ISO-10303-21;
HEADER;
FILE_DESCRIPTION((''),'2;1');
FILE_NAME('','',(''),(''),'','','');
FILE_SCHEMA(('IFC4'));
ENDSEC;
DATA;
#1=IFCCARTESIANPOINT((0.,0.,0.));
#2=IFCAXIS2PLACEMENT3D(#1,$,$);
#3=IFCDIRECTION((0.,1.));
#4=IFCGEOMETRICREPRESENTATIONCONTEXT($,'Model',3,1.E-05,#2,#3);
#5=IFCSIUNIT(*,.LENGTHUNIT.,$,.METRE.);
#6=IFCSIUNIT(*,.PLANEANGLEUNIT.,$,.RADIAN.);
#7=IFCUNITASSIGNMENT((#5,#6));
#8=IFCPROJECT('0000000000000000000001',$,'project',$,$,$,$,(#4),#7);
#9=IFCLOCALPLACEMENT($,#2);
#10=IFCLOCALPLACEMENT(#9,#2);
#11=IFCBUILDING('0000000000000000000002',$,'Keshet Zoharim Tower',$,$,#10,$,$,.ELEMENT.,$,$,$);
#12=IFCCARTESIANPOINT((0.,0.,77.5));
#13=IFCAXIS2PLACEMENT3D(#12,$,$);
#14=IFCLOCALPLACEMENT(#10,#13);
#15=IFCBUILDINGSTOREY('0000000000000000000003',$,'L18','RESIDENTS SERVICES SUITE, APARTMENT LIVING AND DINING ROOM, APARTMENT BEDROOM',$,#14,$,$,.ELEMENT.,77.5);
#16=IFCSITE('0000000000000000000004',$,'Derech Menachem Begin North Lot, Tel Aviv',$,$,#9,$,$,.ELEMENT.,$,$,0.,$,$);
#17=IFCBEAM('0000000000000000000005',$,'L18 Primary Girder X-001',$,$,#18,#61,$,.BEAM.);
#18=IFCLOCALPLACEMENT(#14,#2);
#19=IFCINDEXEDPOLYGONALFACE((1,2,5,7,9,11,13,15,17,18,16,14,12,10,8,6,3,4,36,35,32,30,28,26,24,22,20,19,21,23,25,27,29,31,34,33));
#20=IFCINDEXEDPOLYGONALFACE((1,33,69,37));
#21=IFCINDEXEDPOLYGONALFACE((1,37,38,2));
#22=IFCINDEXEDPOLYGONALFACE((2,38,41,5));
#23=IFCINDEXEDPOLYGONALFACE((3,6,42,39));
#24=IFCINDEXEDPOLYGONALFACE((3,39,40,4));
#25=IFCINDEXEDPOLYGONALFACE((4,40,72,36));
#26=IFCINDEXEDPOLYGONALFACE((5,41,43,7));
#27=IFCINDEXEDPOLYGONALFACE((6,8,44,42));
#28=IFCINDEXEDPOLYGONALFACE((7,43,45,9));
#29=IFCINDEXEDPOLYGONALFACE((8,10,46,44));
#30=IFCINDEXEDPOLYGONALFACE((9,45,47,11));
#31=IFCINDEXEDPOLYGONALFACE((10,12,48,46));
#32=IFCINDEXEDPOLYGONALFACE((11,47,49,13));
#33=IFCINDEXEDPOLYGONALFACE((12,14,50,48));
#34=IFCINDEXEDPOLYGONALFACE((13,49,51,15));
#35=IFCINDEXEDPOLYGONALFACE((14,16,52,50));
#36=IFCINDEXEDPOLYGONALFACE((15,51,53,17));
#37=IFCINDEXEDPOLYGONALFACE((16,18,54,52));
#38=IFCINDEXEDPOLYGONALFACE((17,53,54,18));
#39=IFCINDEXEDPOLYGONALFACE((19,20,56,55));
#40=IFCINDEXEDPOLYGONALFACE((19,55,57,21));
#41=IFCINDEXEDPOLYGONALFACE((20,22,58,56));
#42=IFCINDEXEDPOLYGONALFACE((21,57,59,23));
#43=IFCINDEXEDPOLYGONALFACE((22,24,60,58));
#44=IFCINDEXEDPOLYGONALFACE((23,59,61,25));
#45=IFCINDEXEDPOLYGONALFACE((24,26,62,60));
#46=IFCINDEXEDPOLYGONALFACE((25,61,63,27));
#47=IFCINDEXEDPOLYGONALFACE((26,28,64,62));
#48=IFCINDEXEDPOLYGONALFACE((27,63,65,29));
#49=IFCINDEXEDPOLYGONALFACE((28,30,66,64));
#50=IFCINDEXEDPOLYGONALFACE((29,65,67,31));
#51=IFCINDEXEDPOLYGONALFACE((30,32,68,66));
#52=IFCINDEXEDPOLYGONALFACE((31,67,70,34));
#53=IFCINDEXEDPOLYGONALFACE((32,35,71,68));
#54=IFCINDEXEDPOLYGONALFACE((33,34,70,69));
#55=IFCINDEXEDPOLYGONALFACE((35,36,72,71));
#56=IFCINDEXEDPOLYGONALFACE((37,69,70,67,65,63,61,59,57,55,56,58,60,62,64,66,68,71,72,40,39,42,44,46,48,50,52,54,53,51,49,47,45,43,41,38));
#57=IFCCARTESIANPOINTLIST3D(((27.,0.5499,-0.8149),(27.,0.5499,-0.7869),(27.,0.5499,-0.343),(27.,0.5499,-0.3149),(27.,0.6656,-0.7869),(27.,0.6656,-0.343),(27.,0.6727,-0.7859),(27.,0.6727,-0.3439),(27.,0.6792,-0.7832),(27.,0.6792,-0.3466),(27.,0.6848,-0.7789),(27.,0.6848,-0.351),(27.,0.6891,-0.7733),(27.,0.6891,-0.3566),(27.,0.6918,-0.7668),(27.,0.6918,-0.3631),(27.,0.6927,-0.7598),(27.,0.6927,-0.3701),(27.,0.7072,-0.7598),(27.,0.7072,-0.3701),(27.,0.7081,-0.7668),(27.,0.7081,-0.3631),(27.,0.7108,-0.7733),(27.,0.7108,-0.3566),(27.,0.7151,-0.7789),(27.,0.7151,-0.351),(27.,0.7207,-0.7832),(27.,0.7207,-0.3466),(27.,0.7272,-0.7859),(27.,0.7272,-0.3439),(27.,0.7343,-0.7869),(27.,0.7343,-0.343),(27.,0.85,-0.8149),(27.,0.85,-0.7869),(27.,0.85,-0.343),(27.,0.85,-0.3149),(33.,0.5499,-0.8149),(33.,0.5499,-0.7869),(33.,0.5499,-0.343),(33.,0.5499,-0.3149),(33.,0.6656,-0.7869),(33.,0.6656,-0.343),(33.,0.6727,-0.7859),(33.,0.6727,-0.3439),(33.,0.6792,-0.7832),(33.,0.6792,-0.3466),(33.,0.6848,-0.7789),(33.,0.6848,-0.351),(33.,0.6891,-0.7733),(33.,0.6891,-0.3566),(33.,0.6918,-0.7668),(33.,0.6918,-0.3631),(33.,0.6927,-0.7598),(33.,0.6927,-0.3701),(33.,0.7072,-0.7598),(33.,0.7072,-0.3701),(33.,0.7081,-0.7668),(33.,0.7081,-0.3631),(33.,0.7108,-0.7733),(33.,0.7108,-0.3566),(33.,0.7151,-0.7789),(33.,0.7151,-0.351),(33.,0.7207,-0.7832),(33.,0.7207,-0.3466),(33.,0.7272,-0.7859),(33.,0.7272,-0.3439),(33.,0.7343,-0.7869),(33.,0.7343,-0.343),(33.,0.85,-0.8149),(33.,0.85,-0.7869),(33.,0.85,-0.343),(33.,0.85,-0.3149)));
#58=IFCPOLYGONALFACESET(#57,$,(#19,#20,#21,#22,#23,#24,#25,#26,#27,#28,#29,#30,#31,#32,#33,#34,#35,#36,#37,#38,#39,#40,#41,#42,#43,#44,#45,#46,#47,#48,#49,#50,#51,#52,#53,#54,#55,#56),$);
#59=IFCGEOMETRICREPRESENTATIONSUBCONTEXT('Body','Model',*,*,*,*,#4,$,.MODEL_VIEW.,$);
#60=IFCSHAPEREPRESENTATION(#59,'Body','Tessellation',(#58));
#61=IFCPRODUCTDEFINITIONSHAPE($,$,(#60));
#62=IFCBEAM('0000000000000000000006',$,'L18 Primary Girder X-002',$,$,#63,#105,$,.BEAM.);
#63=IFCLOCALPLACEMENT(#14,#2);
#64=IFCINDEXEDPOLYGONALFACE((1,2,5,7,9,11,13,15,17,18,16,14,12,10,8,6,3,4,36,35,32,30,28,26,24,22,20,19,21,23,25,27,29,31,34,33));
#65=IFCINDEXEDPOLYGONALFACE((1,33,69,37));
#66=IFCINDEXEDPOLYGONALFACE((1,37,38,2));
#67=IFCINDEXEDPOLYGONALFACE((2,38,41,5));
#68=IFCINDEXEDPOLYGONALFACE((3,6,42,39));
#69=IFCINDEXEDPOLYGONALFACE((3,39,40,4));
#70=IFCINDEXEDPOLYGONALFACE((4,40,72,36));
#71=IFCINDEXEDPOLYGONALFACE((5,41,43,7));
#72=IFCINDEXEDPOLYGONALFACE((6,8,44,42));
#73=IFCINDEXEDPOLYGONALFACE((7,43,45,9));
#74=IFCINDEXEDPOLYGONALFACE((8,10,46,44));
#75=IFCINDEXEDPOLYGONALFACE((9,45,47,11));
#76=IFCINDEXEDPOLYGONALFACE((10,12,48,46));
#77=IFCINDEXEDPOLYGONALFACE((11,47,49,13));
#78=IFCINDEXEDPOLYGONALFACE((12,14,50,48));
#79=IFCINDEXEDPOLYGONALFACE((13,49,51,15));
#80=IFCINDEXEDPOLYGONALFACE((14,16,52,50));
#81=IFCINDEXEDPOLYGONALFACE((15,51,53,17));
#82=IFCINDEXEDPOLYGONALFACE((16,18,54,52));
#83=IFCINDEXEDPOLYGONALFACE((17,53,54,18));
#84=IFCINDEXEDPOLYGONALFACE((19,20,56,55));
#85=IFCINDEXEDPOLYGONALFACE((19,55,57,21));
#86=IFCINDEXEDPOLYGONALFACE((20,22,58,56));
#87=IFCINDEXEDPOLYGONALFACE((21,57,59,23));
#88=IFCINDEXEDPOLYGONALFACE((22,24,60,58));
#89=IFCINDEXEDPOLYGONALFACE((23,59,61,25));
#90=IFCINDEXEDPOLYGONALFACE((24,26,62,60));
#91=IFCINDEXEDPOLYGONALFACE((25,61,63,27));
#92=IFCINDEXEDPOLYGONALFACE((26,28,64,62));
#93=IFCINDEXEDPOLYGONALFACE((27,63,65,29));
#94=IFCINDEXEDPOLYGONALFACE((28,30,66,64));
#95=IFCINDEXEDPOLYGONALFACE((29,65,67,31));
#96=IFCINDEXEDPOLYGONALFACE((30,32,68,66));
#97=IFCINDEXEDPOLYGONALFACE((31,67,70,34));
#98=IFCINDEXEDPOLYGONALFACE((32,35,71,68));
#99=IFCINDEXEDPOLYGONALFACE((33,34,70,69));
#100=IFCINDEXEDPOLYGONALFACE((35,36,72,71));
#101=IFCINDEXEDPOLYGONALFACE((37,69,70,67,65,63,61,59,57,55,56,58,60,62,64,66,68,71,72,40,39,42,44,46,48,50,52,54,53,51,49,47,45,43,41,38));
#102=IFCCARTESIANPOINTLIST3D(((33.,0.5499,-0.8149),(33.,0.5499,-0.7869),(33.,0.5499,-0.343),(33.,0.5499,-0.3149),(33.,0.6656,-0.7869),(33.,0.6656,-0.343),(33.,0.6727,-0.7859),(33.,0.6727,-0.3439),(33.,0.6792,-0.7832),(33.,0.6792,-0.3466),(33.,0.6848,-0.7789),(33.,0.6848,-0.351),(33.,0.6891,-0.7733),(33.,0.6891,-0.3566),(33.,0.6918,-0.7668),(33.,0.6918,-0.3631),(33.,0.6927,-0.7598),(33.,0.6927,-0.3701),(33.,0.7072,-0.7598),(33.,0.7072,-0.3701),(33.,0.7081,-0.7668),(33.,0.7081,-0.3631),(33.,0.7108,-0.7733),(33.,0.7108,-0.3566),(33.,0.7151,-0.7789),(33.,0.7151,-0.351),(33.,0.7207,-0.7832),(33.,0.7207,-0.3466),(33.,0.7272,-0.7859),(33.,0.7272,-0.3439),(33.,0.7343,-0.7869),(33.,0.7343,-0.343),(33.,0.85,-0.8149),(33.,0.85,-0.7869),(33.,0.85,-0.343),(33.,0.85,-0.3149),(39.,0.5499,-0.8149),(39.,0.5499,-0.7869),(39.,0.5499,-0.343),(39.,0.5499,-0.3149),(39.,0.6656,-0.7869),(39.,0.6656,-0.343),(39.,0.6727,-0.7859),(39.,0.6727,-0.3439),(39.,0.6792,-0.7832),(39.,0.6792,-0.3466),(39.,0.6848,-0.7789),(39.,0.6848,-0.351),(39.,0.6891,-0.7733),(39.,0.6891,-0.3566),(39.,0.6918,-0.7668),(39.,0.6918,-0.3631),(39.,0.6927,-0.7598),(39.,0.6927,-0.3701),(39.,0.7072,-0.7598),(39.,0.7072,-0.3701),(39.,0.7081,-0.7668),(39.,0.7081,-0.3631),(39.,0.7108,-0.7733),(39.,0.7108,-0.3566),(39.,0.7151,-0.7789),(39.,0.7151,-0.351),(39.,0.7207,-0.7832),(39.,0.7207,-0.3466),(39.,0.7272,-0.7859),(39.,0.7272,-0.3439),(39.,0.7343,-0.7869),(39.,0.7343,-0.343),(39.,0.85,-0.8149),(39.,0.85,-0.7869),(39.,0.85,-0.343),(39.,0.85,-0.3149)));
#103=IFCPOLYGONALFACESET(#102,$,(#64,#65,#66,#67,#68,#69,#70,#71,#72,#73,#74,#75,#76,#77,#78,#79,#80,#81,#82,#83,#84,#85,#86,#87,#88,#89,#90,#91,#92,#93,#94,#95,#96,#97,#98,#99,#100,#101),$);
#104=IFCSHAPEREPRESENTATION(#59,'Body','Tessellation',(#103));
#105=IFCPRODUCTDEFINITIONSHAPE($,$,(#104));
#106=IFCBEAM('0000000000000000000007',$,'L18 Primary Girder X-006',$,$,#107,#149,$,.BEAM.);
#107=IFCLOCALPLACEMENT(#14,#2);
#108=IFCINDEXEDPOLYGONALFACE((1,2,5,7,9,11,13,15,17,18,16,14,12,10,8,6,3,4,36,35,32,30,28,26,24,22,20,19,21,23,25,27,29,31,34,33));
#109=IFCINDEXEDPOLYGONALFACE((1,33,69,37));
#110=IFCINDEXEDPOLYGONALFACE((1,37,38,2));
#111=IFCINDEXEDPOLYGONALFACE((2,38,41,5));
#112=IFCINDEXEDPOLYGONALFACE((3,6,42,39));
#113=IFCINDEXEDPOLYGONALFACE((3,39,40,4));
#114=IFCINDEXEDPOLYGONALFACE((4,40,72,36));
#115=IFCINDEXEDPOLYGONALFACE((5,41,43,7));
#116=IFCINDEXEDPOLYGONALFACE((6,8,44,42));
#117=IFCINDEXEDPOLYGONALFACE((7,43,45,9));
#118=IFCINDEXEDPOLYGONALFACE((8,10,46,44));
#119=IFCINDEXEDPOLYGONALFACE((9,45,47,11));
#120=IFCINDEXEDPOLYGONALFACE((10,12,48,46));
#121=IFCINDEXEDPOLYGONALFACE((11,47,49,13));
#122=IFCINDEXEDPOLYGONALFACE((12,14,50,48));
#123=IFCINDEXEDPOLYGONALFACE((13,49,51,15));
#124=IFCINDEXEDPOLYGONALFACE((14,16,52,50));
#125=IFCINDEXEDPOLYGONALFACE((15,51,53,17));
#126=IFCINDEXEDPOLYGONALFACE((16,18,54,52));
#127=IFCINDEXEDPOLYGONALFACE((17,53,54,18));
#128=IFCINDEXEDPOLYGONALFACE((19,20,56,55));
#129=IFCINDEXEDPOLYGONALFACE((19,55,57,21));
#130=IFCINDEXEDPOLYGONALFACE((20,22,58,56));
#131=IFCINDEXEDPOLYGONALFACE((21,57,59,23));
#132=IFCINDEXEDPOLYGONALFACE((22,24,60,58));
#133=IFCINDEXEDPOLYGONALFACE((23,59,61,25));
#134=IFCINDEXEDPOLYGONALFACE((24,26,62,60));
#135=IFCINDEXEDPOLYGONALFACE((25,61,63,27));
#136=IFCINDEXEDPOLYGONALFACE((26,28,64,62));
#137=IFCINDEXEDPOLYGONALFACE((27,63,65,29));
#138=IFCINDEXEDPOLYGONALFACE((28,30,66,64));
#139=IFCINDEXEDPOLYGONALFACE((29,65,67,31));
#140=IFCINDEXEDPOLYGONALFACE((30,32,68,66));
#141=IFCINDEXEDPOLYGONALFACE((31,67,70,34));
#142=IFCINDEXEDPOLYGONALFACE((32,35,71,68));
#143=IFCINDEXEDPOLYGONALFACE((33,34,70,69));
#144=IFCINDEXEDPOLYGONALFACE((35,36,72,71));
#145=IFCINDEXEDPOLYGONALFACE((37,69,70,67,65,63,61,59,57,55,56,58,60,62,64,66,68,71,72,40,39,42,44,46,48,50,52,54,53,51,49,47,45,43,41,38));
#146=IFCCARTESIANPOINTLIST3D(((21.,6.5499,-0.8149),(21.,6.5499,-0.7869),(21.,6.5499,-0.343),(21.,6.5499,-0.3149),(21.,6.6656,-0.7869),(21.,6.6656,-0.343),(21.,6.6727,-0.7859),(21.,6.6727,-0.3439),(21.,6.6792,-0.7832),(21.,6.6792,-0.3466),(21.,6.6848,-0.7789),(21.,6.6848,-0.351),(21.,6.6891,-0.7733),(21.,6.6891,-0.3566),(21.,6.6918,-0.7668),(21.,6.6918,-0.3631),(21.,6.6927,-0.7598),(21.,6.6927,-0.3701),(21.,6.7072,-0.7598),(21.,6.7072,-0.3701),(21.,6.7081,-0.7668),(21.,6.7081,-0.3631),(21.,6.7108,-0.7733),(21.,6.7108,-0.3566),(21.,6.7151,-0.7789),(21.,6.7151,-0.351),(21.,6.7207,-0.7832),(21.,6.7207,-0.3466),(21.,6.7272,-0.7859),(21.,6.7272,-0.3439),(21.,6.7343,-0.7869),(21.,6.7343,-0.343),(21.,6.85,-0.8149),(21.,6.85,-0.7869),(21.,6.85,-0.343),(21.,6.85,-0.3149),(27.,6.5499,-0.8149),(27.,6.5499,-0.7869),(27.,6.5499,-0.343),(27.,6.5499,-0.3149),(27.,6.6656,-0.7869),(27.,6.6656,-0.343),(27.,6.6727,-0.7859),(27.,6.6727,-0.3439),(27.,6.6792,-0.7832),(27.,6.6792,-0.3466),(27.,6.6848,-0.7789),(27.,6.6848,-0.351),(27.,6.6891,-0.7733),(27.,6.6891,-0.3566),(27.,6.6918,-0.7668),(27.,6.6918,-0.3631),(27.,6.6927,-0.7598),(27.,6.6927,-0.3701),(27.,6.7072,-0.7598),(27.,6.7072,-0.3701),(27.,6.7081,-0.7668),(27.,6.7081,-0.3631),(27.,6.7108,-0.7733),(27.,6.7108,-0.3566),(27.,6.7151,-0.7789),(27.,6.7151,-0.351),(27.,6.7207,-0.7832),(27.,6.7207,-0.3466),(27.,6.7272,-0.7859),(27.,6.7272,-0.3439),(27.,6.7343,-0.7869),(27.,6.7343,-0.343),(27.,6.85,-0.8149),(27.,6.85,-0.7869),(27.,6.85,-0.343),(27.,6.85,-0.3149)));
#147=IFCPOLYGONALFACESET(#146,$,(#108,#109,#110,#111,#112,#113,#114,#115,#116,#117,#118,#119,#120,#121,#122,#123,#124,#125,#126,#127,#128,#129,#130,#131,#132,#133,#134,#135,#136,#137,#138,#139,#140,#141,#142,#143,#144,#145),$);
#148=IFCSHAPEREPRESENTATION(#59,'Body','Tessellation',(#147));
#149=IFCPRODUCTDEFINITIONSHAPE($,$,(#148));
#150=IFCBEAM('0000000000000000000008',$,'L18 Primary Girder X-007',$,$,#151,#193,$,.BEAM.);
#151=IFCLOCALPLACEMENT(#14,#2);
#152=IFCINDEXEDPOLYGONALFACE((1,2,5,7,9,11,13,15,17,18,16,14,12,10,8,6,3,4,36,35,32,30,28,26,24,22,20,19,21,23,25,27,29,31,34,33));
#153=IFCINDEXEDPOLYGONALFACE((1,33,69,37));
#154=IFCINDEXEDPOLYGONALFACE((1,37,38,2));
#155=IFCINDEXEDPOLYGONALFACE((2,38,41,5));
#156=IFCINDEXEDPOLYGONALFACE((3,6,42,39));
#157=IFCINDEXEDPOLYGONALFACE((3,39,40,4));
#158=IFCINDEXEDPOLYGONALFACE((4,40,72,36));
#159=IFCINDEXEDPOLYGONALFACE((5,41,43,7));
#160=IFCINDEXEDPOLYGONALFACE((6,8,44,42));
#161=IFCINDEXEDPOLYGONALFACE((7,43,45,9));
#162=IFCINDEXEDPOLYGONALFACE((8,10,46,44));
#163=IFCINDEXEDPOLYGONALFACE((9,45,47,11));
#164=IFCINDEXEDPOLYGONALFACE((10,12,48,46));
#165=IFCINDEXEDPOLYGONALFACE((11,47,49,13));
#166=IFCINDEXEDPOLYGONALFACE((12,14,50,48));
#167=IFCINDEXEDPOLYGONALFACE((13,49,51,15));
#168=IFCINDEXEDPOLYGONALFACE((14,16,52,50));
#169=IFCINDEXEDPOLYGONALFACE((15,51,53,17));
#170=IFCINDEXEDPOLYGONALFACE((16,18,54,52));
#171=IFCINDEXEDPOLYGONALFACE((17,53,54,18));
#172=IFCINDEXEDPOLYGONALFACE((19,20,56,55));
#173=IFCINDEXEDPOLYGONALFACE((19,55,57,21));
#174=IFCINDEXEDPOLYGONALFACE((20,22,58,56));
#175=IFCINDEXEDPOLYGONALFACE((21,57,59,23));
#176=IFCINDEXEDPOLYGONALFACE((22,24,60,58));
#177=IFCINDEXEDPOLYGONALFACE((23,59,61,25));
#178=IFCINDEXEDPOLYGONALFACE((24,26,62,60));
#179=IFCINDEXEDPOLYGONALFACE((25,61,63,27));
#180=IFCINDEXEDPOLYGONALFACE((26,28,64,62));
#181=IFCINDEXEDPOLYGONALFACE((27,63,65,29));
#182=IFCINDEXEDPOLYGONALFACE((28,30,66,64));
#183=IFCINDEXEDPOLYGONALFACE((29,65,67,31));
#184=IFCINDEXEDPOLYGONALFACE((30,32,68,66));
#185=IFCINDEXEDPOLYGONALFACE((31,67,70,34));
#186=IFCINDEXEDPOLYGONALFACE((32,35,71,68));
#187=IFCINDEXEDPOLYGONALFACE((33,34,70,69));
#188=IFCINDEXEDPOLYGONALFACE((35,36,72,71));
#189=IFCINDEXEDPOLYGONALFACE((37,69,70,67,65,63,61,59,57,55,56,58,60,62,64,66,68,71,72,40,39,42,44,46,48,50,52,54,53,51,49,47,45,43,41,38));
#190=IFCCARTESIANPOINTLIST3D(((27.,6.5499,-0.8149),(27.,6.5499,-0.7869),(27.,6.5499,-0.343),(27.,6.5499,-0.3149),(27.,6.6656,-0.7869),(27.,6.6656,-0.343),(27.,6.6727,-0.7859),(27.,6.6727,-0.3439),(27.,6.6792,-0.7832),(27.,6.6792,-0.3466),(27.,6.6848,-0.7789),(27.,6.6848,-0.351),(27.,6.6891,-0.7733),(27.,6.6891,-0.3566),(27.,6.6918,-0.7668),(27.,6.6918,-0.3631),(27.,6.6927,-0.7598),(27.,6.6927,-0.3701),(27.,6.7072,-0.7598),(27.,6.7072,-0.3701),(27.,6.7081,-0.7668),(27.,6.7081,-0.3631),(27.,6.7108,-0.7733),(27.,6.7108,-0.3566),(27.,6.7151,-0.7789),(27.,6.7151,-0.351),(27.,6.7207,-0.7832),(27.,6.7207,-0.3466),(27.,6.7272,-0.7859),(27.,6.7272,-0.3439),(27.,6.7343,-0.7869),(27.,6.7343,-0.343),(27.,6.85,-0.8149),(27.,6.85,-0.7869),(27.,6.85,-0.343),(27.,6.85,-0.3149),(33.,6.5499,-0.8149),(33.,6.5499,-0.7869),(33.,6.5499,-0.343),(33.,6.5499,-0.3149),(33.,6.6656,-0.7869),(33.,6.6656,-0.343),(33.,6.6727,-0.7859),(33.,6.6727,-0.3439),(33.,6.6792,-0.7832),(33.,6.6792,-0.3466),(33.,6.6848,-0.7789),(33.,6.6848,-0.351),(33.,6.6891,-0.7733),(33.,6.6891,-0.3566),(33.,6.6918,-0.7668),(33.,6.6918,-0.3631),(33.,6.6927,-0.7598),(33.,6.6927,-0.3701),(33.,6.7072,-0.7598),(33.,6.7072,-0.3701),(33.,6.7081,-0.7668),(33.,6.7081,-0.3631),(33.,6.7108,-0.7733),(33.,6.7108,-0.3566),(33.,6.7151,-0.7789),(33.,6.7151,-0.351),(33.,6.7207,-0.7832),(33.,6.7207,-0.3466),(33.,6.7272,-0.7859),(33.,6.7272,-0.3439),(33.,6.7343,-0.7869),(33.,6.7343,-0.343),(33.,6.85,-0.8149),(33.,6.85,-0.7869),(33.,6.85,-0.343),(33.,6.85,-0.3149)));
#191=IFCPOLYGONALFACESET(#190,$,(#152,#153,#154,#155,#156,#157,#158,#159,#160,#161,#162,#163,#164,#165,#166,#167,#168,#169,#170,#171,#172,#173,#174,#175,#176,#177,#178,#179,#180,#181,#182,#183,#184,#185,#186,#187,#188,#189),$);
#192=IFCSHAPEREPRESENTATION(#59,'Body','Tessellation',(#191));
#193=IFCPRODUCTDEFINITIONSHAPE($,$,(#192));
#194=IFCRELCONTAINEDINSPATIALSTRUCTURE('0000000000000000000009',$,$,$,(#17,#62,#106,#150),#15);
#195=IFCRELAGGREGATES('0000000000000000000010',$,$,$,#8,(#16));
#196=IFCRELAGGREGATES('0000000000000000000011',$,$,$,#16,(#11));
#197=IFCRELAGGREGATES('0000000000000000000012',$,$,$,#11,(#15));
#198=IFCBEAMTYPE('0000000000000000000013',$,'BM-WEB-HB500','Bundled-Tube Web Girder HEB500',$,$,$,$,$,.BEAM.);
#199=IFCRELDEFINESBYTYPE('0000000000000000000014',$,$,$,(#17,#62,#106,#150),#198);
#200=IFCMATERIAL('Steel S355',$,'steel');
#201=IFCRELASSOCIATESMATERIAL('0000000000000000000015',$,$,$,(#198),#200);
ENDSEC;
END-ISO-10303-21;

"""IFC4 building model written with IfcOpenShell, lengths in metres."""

from ifc_helpers import new_model, si_unit, direction, frame, origin, origin_2d, place, context, subcontext, project, spatial, i_section, extrude, material, material_profile, profile_set, type_object, element, save


model = new_model("IFC4")

# Units and contexts
model_context = context("Model", 3, precision=1e-05, world=origin(), true_north=direction((0.0, 1.0)))
body_context = subcontext(model_context, "Body", "Model", "MODEL_VIEW")
ifc_project = project(units=[si_unit("LENGTHUNIT", "METRE"), si_unit("PLANEANGLEUNIT", "RADIAN")], contexts=[model_context])

# Site, building, storey
site_placement = place(None, origin())
site = spatial("IfcSite", under=ifc_project, at=site_placement, Name="Derech Menachem Begin North Lot, Tel Aviv", CompositionType="ELEMENT", RefElevation=0.0)
building_placement = place(site_placement, origin())
building = spatial("IfcBuilding", under=site, at=building_placement, Name="Keshet Zoharim Tower", CompositionType="ELEMENT")
storey_placement = place(building_placement, frame((0.0, 0.0, 77.5)))
storey = spatial("IfcBuildingStorey", under=building, at=storey_placement, Name="L18", Description="RESIDENTS SERVICES SUITE, APARTMENT LIVING AND DINING ROOM, APARTMENT BEDROOM", CompositionType="ELEMENT", Elevation=77.5)

# Shared definitions
ifc_material_1 = material(Name="Steel S355", Category="steel")

# Beams
ifc_material_profile_1 = material_profile(ifc_material_1, i_section(OverallWidth=0.3, OverallDepth=0.5, WebThickness=0.0144, FlangeThickness=0.0281, FilletRadius=0.0271, at=origin_2d()), Name="HEB500")
ifc_profile_set_1 = profile_set([ifc_material_profile_1], Name="Steel S355")
beam_type_1 = type_object("IfcBeamType", Name="BM-WEB-HB500", Description="Bundled-Tube Web Girder HEB500", PredefinedType="BEAM", material=ifc_profile_set_1)
for number, where, z_axis, x_axis, name in (
    (1, (27.0, 0.7, -0.5649), (1.0, 0.0, 0.0), (0.0, 1.0, 0.0), "L18 Primary Girder X-001"),
    (2, (33.0, 0.7, -0.5649), (1.0, 0.0, 0.0), (0.0, 1.0, 0.0), "L18 Primary Girder X-002"),
    (3, (21.0, 6.7, -0.5649), (1.0, 0.0, 0.0), (0.0, 1.0, 0.0), "L18 Primary Girder X-006"),
    (4, (27.0, 6.7, -0.5649), (1.0, 0.0, 0.0), (0.0, 1.0, 0.0), "L18 Primary Girder X-007"),
):
    element("IfcBeam", number, at=place(storey_placement, frame(where, z_axis=z_axis, x_axis=x_axis)), inside=storey, type_object=beam_type_1, Name=name, PredefinedType="BEAM", context=body_context, shape_type="SweptSolid", body=[
        extrude(i_section(OverallWidth=0.3, OverallDepth=0.5, WebThickness=0.0144, FlangeThickness=0.0281, FilletRadius=0.0271, at=origin_2d()), origin(), (0.0, 0.0, 1.0), 6.0),
    ])

save(model, "model.ifc")
